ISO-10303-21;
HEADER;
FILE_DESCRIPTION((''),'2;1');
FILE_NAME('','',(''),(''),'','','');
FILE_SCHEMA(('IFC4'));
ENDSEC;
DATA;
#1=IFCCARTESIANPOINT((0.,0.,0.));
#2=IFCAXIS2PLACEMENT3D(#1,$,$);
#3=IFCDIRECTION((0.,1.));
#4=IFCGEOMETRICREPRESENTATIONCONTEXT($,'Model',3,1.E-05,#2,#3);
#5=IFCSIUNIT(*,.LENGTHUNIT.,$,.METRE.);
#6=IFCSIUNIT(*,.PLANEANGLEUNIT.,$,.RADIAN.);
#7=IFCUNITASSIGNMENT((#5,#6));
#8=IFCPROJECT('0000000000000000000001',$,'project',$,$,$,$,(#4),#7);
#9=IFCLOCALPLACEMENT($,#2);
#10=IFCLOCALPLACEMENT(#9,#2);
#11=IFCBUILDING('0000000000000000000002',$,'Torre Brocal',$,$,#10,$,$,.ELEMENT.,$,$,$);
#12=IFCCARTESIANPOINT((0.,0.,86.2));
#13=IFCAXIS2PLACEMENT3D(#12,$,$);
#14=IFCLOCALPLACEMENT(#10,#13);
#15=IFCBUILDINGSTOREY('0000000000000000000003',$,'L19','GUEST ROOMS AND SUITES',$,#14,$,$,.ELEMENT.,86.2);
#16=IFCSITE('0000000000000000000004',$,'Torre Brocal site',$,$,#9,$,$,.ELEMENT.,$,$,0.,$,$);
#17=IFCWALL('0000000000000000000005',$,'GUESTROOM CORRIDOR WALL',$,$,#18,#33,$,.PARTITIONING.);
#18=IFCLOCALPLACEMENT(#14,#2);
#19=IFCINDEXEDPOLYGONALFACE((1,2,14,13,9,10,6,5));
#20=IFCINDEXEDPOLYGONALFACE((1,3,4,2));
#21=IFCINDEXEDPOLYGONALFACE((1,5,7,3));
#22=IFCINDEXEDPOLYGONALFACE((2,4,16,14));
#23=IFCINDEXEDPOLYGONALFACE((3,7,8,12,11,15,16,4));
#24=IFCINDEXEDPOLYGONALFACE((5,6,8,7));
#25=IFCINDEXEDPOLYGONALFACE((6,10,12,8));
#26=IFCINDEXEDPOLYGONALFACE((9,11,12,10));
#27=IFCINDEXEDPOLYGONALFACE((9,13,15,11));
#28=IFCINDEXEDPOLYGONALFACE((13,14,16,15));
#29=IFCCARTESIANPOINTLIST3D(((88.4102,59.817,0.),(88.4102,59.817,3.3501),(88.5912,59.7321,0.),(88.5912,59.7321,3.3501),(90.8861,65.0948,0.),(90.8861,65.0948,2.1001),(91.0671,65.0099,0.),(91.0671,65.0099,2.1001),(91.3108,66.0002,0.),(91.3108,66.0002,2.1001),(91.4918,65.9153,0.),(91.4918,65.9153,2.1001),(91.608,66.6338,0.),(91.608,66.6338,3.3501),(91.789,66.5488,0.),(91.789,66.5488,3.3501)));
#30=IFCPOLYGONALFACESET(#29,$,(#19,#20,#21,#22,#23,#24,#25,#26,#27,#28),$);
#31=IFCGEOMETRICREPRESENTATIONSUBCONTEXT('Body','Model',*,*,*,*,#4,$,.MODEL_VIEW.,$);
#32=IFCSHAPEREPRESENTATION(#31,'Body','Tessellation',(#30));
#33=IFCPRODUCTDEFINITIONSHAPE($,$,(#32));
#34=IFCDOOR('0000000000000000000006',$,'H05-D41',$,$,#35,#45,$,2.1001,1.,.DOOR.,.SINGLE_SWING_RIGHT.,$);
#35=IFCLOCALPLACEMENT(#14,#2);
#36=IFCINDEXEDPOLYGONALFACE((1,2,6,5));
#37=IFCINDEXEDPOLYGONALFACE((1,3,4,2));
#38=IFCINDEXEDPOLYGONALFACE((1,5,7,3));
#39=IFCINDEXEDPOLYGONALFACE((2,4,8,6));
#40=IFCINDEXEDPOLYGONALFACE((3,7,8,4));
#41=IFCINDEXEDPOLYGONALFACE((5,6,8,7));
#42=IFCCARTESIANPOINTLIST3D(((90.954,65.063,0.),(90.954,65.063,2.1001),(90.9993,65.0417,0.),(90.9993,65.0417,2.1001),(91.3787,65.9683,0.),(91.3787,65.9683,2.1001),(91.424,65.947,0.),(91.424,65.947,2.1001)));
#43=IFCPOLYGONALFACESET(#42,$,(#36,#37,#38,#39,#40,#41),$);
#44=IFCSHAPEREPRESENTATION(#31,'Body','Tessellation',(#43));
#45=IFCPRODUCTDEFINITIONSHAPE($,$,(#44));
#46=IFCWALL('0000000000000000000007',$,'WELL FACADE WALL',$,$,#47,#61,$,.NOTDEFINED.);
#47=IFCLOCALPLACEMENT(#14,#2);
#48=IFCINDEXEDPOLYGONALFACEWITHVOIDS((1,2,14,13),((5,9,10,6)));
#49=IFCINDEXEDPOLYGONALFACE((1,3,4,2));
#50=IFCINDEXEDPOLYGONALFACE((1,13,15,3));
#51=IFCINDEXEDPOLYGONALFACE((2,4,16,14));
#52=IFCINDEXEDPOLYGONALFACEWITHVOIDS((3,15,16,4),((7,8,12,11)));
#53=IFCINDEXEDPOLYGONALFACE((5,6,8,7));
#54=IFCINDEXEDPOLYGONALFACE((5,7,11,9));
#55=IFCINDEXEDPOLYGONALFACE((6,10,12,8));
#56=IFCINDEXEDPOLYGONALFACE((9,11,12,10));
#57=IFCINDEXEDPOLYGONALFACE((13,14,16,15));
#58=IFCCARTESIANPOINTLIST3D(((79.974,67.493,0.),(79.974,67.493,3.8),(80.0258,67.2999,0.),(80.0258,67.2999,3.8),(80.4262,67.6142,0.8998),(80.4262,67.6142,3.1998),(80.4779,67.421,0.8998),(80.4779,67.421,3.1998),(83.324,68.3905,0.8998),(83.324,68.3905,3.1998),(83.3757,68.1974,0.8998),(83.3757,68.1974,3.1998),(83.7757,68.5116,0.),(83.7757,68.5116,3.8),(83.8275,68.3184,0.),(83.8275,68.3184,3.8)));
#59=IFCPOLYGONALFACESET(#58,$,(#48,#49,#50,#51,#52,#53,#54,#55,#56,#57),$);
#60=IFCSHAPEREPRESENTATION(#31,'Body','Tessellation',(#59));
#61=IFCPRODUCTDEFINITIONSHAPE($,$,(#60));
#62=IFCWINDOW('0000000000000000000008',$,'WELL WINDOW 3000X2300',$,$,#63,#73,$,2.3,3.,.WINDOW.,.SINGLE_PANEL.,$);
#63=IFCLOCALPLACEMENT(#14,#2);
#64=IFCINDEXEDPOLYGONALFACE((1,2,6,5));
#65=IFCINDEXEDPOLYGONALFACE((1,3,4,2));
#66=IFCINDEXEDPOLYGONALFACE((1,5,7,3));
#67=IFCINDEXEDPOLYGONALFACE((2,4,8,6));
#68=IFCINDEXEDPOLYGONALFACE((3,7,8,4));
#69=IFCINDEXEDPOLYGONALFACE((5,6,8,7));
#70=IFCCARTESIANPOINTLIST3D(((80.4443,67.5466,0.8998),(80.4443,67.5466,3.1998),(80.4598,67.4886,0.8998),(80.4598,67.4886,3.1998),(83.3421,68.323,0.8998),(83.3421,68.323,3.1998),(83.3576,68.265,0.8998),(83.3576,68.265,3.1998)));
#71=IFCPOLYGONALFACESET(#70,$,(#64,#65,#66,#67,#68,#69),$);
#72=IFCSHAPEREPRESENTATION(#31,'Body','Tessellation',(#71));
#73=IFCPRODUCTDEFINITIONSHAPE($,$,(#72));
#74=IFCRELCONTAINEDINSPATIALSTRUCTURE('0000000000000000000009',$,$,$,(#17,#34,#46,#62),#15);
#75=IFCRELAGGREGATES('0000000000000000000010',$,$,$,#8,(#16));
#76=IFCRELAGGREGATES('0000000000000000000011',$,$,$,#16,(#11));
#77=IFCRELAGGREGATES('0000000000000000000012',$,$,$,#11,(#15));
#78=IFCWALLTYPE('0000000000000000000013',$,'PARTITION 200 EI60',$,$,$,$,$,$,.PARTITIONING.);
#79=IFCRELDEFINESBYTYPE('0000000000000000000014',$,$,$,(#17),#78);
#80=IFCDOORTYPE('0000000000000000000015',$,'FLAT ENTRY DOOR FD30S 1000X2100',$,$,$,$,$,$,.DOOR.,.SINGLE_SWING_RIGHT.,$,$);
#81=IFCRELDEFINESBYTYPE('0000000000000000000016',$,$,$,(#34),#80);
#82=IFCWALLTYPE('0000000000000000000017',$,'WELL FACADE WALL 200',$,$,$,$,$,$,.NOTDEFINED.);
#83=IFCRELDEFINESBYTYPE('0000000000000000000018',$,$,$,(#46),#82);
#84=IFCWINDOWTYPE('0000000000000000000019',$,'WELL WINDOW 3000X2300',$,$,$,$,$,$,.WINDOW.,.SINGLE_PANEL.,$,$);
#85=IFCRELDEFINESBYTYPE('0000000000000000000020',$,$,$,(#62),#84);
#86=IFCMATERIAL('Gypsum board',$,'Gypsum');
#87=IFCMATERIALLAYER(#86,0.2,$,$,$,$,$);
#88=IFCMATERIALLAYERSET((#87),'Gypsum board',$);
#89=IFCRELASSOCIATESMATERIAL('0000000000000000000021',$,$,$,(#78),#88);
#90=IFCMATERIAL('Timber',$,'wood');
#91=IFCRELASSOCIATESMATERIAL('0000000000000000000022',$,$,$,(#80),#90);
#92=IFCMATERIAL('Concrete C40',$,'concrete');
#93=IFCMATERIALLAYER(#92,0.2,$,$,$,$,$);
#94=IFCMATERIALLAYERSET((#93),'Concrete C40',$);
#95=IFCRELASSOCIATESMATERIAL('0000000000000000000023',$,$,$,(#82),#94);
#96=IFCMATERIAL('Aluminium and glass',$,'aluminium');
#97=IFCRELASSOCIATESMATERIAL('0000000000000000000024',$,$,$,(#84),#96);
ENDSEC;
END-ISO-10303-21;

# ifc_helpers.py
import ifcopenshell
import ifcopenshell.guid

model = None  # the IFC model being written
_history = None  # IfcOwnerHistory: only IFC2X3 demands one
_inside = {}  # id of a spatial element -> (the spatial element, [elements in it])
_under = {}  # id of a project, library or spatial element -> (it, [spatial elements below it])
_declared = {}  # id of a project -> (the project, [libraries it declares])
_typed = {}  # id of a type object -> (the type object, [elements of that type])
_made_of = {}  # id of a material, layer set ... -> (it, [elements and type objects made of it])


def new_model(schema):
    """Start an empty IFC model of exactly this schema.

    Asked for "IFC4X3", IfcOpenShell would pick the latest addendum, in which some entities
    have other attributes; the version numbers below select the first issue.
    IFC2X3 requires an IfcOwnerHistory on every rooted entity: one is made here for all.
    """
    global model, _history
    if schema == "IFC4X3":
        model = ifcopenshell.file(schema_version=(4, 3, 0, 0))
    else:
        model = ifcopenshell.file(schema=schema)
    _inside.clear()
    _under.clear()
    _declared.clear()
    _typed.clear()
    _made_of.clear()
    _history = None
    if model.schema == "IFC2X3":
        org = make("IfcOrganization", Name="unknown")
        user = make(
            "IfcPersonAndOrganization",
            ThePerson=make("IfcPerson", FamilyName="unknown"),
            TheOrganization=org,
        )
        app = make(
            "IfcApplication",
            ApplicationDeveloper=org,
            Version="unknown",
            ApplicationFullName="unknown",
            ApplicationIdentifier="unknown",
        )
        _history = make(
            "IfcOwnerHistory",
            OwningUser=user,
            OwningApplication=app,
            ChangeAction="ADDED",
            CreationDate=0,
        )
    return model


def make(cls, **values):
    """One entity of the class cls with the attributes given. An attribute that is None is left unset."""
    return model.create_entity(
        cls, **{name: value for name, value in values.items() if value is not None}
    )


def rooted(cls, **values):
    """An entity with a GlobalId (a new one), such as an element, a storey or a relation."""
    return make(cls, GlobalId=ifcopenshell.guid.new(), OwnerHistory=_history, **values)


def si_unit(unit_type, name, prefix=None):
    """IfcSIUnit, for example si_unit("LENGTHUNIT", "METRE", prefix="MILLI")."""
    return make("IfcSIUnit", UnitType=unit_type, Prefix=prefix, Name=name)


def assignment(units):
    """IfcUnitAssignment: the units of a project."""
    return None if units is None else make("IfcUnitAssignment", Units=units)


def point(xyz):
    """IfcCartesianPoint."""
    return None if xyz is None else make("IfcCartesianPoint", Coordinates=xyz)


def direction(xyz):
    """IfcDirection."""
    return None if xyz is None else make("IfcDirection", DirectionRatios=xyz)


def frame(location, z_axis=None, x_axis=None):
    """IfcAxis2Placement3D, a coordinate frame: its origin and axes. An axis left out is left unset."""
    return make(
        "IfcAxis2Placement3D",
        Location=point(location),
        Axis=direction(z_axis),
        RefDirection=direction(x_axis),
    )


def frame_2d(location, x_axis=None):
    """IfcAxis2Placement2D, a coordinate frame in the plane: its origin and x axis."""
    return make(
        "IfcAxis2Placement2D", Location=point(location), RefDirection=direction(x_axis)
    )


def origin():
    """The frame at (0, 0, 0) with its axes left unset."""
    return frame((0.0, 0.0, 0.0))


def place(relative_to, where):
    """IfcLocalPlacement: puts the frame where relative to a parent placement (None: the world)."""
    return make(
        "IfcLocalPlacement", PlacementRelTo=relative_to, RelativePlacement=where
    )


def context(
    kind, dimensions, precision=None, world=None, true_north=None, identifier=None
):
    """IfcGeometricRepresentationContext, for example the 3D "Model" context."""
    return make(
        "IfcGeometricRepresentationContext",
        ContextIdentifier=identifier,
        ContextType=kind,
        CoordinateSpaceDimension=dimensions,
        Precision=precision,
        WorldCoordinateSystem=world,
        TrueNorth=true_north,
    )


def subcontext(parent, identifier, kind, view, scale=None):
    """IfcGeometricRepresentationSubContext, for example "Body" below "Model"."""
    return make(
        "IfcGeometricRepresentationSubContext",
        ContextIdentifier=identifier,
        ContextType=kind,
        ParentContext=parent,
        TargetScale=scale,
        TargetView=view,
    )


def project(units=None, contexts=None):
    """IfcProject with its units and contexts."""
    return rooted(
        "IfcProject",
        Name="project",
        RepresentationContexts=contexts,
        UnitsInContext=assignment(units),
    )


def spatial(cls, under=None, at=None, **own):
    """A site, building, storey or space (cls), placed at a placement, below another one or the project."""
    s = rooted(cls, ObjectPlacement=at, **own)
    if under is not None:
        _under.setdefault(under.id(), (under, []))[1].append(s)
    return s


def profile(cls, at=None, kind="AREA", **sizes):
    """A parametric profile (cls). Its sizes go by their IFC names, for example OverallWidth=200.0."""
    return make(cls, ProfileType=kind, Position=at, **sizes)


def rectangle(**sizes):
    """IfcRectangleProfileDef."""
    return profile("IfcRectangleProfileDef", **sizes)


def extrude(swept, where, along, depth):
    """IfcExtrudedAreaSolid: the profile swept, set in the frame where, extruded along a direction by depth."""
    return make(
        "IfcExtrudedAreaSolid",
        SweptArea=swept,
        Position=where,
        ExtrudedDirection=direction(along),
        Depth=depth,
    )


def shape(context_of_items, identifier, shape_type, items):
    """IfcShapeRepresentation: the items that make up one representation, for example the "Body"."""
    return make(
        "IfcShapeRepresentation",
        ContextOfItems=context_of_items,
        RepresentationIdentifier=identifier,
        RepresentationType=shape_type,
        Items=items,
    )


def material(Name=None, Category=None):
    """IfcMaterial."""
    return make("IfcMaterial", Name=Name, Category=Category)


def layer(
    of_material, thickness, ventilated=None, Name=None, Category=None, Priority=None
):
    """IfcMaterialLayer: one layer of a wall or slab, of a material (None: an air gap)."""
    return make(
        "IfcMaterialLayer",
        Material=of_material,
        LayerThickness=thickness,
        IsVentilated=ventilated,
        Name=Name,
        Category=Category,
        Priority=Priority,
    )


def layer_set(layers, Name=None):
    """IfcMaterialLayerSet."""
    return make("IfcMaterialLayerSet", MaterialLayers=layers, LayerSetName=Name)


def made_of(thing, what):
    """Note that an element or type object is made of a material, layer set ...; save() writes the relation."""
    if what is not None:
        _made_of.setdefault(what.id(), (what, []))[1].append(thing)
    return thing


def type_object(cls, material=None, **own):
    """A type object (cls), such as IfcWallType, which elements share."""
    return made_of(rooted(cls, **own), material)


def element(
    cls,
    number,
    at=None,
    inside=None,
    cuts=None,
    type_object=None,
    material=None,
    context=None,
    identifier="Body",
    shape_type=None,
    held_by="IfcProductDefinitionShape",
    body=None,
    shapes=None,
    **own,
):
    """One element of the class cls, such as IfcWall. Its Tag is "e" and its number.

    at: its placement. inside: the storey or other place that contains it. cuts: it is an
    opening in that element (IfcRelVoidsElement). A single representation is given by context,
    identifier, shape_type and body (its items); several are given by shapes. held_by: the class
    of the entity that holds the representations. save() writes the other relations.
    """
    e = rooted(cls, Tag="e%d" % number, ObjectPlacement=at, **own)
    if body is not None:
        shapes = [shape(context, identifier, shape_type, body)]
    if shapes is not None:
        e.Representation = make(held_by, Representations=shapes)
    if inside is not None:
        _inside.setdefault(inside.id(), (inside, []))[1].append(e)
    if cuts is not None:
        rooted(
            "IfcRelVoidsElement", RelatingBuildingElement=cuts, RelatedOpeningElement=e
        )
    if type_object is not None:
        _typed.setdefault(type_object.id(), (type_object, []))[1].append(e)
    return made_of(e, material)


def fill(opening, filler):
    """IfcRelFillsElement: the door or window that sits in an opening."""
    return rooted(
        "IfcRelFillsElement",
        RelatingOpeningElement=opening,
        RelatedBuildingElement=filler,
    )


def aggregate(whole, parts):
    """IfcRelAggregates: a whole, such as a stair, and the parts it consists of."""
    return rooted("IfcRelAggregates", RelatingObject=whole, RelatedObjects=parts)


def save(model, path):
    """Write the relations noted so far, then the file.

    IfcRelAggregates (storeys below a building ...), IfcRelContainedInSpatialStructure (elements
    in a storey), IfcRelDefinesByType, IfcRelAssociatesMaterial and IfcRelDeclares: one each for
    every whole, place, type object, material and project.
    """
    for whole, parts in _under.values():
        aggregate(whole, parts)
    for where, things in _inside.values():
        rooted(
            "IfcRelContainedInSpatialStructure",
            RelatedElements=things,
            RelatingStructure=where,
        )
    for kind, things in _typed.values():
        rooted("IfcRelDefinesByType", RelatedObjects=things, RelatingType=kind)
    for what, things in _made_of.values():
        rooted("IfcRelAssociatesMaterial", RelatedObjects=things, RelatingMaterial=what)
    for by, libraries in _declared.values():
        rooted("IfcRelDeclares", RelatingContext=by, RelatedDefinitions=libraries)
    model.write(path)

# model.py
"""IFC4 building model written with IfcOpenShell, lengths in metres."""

from ifc_helpers import new_model, si_unit, direction, frame, frame_2d, origin, place, context, subcontext, project, spatial, rectangle, extrude, material, layer, layer_set, type_object, element, fill, save


model = new_model("IFC4")

# Units and contexts
model_context = context("Model", 3, precision=1e-05, world=origin(), true_north=direction((0.0, 1.0)))
body_context = subcontext(model_context, "Body", "Model", "MODEL_VIEW")
ifc_project = project(units=[si_unit("LENGTHUNIT", "METRE"), si_unit("PLANEANGLEUNIT", "RADIAN")], contexts=[model_context])

# Site, building, storey
site_placement = place(None, origin())
site = spatial("IfcSite", under=ifc_project, at=site_placement, Name="Torre Brocal site", CompositionType="ELEMENT", RefElevation=0.0)
building_placement = place(site_placement, origin())
building = spatial("IfcBuilding", under=site, at=building_placement, Name="Torre Brocal", CompositionType="ELEMENT")
storey_placement = place(building_placement, frame((0.0, 0.0, 86.2)))
storey = spatial("IfcBuildingStorey", under=building, at=storey_placement, Name="L19", Description="GUEST ROOMS AND SUITES", CompositionType="ELEMENT", Elevation=86.2)

# Wall, opening, door
ifc_material_1 = material(Name="Gypsum board", Category="Gypsum")
ifc_layer_1 = layer(ifc_material_1, 0.2)
ifc_layer_set_1 = layer_set([ifc_layer_1], Name="Gypsum board")
wall_type_1 = type_object("IfcWallType", Name="PARTITION 200 EI60", PredefinedType="PARTITIONING", material=ifc_layer_set_1)
wall_1_placement = place(storey_placement, frame((88.5007, 59.7747, 0.0), z_axis=(0.0, 0.0, 1.0), x_axis=(0.424701, 0.905334, 0.0)))
wall_1 = element("IfcWall", 1, at=wall_1_placement, inside=storey, type_object=wall_type_1, Name="GUESTROOM CORRIDOR WALL", PredefinedType="PARTITIONING", context=body_context, shape_type="SweptSolid", body=[
    extrude(rectangle(XDim=7.5295, YDim=0.2, at=frame_2d((3.7646, 0.0))), origin(), (0.0, 0.0, 1.0), 3.3501),
])
opening_1_placement = place(wall_1_placement, frame((5.8296, 0.0, 0.0)))
opening_1 = element("IfcOpeningElement", 2, at=opening_1_placement, cuts=wall_1, PredefinedType="OPENING", context=body_context, shape_type="SweptSolid", body=[
    extrude(rectangle(XDim=1.0, YDim=2.1001, at=frame_2d((0.5, 1.05))), frame((0.0, 0.1099, 0.0), z_axis=(0.0, -1.0, 0.0), x_axis=(1.0, 0.0, 0.0)), (0.0, 0.0, 1.0), 0.22),
])
ifc_material_2 = material(Name="Timber", Category="wood")
door_type_1 = type_object("IfcDoorType", Name="FLAT ENTRY DOOR FD30S 1000X2100", OperationType="SINGLE_SWING_RIGHT", PredefinedType="DOOR", material=ifc_material_2)
door_1_placement = place(opening_1_placement, origin())
door_1 = element("IfcDoor", 3, at=door_1_placement, inside=storey, type_object=door_type_1, Name="H05-D41", OperationType="SINGLE_SWING_RIGHT", OverallHeight=2.1001, OverallWidth=1.0, PredefinedType="DOOR", context=body_context, shape_type="SweptSolid", body=[
    extrude(rectangle(XDim=1.0, YDim=2.1001, at=frame_2d((0.5, 1.05))), frame((0.0, 0.0249, 0.0), z_axis=(0.0, -1.0, 0.0), x_axis=(1.0, 0.0, 0.0)), (0.0, 0.0, 1.0), 0.05),
])
fill(opening_1, door_1)

# Wall, opening, window
ifc_material_3 = material(Name="Concrete C40", Category="concrete")
ifc_layer_2 = layer(ifc_material_3, 0.2)
ifc_layer_set_2 = layer_set([ifc_layer_2], Name="Concrete C40")
wall_type_2 = type_object("IfcWallType", Name="WELL FACADE WALL 200", PredefinedType="NOTDEFINED", material=ifc_layer_set_2)
wall_2_placement = place(storey_placement, frame((80.0, 67.3965, 0.0), z_axis=(0.0, 0.0, 1.0), x_axis=(0.965934, 0.25879, 0.0)))
wall_2 = element("IfcWall", 4, at=wall_2_placement, inside=storey, type_object=wall_type_2, Name="WELL FACADE WALL", PredefinedType="NOTDEFINED", context=body_context, shape_type="SweptSolid", body=[
    extrude(rectangle(XDim=3.9358, YDim=0.2, at=frame_2d((1.9678, 0.0))), origin(), (0.0, 0.0, 1.0), 3.8),
])
opening_2_placement = place(wall_2_placement, frame((0.468, 0.0, 0.8999)))
opening_2 = element("IfcOpeningElement", 5, at=opening_2_placement, cuts=wall_2, PredefinedType="OPENING", context=body_context, shape_type="SweptSolid", body=[
    extrude(rectangle(XDim=3.0, YDim=2.3, at=frame_2d((1.5, 1.1499))), frame((0.0, 0.1099, 0.0), z_axis=(0.0, -1.0, 0.0), x_axis=(1.0, 0.0, 0.0)), (0.0, 0.0, 1.0), 0.22),
])
ifc_material_4 = material(Name="Aluminium and glass", Category="aluminium")
window_type = type_object("IfcWindowType", Name="WELL WINDOW 3000X2300", PartitioningType="SINGLE_PANEL", PredefinedType="WINDOW", material=ifc_material_4)
window_placement = place(opening_2_placement, origin())
window = element("IfcWindow", 6, at=window_placement, inside=storey, type_object=window_type, Name="WELL WINDOW 3000X2300", OverallHeight=2.3, OverallWidth=3.0, PartitioningType="SINGLE_PANEL", PredefinedType="WINDOW", context=body_context, shape_type="SweptSolid", body=[
    extrude(rectangle(XDim=3.0, YDim=2.3, at=frame_2d((1.5, 1.1499))), frame((0.0, 0.03, 0.0), z_axis=(0.0, -1.0, 0.0), x_axis=(1.0, 0.0, 0.0)), (0.0, 0.0, 1.0), 0.0601),
])
fill(opening_2, window)

save(model, "model.ifc")
